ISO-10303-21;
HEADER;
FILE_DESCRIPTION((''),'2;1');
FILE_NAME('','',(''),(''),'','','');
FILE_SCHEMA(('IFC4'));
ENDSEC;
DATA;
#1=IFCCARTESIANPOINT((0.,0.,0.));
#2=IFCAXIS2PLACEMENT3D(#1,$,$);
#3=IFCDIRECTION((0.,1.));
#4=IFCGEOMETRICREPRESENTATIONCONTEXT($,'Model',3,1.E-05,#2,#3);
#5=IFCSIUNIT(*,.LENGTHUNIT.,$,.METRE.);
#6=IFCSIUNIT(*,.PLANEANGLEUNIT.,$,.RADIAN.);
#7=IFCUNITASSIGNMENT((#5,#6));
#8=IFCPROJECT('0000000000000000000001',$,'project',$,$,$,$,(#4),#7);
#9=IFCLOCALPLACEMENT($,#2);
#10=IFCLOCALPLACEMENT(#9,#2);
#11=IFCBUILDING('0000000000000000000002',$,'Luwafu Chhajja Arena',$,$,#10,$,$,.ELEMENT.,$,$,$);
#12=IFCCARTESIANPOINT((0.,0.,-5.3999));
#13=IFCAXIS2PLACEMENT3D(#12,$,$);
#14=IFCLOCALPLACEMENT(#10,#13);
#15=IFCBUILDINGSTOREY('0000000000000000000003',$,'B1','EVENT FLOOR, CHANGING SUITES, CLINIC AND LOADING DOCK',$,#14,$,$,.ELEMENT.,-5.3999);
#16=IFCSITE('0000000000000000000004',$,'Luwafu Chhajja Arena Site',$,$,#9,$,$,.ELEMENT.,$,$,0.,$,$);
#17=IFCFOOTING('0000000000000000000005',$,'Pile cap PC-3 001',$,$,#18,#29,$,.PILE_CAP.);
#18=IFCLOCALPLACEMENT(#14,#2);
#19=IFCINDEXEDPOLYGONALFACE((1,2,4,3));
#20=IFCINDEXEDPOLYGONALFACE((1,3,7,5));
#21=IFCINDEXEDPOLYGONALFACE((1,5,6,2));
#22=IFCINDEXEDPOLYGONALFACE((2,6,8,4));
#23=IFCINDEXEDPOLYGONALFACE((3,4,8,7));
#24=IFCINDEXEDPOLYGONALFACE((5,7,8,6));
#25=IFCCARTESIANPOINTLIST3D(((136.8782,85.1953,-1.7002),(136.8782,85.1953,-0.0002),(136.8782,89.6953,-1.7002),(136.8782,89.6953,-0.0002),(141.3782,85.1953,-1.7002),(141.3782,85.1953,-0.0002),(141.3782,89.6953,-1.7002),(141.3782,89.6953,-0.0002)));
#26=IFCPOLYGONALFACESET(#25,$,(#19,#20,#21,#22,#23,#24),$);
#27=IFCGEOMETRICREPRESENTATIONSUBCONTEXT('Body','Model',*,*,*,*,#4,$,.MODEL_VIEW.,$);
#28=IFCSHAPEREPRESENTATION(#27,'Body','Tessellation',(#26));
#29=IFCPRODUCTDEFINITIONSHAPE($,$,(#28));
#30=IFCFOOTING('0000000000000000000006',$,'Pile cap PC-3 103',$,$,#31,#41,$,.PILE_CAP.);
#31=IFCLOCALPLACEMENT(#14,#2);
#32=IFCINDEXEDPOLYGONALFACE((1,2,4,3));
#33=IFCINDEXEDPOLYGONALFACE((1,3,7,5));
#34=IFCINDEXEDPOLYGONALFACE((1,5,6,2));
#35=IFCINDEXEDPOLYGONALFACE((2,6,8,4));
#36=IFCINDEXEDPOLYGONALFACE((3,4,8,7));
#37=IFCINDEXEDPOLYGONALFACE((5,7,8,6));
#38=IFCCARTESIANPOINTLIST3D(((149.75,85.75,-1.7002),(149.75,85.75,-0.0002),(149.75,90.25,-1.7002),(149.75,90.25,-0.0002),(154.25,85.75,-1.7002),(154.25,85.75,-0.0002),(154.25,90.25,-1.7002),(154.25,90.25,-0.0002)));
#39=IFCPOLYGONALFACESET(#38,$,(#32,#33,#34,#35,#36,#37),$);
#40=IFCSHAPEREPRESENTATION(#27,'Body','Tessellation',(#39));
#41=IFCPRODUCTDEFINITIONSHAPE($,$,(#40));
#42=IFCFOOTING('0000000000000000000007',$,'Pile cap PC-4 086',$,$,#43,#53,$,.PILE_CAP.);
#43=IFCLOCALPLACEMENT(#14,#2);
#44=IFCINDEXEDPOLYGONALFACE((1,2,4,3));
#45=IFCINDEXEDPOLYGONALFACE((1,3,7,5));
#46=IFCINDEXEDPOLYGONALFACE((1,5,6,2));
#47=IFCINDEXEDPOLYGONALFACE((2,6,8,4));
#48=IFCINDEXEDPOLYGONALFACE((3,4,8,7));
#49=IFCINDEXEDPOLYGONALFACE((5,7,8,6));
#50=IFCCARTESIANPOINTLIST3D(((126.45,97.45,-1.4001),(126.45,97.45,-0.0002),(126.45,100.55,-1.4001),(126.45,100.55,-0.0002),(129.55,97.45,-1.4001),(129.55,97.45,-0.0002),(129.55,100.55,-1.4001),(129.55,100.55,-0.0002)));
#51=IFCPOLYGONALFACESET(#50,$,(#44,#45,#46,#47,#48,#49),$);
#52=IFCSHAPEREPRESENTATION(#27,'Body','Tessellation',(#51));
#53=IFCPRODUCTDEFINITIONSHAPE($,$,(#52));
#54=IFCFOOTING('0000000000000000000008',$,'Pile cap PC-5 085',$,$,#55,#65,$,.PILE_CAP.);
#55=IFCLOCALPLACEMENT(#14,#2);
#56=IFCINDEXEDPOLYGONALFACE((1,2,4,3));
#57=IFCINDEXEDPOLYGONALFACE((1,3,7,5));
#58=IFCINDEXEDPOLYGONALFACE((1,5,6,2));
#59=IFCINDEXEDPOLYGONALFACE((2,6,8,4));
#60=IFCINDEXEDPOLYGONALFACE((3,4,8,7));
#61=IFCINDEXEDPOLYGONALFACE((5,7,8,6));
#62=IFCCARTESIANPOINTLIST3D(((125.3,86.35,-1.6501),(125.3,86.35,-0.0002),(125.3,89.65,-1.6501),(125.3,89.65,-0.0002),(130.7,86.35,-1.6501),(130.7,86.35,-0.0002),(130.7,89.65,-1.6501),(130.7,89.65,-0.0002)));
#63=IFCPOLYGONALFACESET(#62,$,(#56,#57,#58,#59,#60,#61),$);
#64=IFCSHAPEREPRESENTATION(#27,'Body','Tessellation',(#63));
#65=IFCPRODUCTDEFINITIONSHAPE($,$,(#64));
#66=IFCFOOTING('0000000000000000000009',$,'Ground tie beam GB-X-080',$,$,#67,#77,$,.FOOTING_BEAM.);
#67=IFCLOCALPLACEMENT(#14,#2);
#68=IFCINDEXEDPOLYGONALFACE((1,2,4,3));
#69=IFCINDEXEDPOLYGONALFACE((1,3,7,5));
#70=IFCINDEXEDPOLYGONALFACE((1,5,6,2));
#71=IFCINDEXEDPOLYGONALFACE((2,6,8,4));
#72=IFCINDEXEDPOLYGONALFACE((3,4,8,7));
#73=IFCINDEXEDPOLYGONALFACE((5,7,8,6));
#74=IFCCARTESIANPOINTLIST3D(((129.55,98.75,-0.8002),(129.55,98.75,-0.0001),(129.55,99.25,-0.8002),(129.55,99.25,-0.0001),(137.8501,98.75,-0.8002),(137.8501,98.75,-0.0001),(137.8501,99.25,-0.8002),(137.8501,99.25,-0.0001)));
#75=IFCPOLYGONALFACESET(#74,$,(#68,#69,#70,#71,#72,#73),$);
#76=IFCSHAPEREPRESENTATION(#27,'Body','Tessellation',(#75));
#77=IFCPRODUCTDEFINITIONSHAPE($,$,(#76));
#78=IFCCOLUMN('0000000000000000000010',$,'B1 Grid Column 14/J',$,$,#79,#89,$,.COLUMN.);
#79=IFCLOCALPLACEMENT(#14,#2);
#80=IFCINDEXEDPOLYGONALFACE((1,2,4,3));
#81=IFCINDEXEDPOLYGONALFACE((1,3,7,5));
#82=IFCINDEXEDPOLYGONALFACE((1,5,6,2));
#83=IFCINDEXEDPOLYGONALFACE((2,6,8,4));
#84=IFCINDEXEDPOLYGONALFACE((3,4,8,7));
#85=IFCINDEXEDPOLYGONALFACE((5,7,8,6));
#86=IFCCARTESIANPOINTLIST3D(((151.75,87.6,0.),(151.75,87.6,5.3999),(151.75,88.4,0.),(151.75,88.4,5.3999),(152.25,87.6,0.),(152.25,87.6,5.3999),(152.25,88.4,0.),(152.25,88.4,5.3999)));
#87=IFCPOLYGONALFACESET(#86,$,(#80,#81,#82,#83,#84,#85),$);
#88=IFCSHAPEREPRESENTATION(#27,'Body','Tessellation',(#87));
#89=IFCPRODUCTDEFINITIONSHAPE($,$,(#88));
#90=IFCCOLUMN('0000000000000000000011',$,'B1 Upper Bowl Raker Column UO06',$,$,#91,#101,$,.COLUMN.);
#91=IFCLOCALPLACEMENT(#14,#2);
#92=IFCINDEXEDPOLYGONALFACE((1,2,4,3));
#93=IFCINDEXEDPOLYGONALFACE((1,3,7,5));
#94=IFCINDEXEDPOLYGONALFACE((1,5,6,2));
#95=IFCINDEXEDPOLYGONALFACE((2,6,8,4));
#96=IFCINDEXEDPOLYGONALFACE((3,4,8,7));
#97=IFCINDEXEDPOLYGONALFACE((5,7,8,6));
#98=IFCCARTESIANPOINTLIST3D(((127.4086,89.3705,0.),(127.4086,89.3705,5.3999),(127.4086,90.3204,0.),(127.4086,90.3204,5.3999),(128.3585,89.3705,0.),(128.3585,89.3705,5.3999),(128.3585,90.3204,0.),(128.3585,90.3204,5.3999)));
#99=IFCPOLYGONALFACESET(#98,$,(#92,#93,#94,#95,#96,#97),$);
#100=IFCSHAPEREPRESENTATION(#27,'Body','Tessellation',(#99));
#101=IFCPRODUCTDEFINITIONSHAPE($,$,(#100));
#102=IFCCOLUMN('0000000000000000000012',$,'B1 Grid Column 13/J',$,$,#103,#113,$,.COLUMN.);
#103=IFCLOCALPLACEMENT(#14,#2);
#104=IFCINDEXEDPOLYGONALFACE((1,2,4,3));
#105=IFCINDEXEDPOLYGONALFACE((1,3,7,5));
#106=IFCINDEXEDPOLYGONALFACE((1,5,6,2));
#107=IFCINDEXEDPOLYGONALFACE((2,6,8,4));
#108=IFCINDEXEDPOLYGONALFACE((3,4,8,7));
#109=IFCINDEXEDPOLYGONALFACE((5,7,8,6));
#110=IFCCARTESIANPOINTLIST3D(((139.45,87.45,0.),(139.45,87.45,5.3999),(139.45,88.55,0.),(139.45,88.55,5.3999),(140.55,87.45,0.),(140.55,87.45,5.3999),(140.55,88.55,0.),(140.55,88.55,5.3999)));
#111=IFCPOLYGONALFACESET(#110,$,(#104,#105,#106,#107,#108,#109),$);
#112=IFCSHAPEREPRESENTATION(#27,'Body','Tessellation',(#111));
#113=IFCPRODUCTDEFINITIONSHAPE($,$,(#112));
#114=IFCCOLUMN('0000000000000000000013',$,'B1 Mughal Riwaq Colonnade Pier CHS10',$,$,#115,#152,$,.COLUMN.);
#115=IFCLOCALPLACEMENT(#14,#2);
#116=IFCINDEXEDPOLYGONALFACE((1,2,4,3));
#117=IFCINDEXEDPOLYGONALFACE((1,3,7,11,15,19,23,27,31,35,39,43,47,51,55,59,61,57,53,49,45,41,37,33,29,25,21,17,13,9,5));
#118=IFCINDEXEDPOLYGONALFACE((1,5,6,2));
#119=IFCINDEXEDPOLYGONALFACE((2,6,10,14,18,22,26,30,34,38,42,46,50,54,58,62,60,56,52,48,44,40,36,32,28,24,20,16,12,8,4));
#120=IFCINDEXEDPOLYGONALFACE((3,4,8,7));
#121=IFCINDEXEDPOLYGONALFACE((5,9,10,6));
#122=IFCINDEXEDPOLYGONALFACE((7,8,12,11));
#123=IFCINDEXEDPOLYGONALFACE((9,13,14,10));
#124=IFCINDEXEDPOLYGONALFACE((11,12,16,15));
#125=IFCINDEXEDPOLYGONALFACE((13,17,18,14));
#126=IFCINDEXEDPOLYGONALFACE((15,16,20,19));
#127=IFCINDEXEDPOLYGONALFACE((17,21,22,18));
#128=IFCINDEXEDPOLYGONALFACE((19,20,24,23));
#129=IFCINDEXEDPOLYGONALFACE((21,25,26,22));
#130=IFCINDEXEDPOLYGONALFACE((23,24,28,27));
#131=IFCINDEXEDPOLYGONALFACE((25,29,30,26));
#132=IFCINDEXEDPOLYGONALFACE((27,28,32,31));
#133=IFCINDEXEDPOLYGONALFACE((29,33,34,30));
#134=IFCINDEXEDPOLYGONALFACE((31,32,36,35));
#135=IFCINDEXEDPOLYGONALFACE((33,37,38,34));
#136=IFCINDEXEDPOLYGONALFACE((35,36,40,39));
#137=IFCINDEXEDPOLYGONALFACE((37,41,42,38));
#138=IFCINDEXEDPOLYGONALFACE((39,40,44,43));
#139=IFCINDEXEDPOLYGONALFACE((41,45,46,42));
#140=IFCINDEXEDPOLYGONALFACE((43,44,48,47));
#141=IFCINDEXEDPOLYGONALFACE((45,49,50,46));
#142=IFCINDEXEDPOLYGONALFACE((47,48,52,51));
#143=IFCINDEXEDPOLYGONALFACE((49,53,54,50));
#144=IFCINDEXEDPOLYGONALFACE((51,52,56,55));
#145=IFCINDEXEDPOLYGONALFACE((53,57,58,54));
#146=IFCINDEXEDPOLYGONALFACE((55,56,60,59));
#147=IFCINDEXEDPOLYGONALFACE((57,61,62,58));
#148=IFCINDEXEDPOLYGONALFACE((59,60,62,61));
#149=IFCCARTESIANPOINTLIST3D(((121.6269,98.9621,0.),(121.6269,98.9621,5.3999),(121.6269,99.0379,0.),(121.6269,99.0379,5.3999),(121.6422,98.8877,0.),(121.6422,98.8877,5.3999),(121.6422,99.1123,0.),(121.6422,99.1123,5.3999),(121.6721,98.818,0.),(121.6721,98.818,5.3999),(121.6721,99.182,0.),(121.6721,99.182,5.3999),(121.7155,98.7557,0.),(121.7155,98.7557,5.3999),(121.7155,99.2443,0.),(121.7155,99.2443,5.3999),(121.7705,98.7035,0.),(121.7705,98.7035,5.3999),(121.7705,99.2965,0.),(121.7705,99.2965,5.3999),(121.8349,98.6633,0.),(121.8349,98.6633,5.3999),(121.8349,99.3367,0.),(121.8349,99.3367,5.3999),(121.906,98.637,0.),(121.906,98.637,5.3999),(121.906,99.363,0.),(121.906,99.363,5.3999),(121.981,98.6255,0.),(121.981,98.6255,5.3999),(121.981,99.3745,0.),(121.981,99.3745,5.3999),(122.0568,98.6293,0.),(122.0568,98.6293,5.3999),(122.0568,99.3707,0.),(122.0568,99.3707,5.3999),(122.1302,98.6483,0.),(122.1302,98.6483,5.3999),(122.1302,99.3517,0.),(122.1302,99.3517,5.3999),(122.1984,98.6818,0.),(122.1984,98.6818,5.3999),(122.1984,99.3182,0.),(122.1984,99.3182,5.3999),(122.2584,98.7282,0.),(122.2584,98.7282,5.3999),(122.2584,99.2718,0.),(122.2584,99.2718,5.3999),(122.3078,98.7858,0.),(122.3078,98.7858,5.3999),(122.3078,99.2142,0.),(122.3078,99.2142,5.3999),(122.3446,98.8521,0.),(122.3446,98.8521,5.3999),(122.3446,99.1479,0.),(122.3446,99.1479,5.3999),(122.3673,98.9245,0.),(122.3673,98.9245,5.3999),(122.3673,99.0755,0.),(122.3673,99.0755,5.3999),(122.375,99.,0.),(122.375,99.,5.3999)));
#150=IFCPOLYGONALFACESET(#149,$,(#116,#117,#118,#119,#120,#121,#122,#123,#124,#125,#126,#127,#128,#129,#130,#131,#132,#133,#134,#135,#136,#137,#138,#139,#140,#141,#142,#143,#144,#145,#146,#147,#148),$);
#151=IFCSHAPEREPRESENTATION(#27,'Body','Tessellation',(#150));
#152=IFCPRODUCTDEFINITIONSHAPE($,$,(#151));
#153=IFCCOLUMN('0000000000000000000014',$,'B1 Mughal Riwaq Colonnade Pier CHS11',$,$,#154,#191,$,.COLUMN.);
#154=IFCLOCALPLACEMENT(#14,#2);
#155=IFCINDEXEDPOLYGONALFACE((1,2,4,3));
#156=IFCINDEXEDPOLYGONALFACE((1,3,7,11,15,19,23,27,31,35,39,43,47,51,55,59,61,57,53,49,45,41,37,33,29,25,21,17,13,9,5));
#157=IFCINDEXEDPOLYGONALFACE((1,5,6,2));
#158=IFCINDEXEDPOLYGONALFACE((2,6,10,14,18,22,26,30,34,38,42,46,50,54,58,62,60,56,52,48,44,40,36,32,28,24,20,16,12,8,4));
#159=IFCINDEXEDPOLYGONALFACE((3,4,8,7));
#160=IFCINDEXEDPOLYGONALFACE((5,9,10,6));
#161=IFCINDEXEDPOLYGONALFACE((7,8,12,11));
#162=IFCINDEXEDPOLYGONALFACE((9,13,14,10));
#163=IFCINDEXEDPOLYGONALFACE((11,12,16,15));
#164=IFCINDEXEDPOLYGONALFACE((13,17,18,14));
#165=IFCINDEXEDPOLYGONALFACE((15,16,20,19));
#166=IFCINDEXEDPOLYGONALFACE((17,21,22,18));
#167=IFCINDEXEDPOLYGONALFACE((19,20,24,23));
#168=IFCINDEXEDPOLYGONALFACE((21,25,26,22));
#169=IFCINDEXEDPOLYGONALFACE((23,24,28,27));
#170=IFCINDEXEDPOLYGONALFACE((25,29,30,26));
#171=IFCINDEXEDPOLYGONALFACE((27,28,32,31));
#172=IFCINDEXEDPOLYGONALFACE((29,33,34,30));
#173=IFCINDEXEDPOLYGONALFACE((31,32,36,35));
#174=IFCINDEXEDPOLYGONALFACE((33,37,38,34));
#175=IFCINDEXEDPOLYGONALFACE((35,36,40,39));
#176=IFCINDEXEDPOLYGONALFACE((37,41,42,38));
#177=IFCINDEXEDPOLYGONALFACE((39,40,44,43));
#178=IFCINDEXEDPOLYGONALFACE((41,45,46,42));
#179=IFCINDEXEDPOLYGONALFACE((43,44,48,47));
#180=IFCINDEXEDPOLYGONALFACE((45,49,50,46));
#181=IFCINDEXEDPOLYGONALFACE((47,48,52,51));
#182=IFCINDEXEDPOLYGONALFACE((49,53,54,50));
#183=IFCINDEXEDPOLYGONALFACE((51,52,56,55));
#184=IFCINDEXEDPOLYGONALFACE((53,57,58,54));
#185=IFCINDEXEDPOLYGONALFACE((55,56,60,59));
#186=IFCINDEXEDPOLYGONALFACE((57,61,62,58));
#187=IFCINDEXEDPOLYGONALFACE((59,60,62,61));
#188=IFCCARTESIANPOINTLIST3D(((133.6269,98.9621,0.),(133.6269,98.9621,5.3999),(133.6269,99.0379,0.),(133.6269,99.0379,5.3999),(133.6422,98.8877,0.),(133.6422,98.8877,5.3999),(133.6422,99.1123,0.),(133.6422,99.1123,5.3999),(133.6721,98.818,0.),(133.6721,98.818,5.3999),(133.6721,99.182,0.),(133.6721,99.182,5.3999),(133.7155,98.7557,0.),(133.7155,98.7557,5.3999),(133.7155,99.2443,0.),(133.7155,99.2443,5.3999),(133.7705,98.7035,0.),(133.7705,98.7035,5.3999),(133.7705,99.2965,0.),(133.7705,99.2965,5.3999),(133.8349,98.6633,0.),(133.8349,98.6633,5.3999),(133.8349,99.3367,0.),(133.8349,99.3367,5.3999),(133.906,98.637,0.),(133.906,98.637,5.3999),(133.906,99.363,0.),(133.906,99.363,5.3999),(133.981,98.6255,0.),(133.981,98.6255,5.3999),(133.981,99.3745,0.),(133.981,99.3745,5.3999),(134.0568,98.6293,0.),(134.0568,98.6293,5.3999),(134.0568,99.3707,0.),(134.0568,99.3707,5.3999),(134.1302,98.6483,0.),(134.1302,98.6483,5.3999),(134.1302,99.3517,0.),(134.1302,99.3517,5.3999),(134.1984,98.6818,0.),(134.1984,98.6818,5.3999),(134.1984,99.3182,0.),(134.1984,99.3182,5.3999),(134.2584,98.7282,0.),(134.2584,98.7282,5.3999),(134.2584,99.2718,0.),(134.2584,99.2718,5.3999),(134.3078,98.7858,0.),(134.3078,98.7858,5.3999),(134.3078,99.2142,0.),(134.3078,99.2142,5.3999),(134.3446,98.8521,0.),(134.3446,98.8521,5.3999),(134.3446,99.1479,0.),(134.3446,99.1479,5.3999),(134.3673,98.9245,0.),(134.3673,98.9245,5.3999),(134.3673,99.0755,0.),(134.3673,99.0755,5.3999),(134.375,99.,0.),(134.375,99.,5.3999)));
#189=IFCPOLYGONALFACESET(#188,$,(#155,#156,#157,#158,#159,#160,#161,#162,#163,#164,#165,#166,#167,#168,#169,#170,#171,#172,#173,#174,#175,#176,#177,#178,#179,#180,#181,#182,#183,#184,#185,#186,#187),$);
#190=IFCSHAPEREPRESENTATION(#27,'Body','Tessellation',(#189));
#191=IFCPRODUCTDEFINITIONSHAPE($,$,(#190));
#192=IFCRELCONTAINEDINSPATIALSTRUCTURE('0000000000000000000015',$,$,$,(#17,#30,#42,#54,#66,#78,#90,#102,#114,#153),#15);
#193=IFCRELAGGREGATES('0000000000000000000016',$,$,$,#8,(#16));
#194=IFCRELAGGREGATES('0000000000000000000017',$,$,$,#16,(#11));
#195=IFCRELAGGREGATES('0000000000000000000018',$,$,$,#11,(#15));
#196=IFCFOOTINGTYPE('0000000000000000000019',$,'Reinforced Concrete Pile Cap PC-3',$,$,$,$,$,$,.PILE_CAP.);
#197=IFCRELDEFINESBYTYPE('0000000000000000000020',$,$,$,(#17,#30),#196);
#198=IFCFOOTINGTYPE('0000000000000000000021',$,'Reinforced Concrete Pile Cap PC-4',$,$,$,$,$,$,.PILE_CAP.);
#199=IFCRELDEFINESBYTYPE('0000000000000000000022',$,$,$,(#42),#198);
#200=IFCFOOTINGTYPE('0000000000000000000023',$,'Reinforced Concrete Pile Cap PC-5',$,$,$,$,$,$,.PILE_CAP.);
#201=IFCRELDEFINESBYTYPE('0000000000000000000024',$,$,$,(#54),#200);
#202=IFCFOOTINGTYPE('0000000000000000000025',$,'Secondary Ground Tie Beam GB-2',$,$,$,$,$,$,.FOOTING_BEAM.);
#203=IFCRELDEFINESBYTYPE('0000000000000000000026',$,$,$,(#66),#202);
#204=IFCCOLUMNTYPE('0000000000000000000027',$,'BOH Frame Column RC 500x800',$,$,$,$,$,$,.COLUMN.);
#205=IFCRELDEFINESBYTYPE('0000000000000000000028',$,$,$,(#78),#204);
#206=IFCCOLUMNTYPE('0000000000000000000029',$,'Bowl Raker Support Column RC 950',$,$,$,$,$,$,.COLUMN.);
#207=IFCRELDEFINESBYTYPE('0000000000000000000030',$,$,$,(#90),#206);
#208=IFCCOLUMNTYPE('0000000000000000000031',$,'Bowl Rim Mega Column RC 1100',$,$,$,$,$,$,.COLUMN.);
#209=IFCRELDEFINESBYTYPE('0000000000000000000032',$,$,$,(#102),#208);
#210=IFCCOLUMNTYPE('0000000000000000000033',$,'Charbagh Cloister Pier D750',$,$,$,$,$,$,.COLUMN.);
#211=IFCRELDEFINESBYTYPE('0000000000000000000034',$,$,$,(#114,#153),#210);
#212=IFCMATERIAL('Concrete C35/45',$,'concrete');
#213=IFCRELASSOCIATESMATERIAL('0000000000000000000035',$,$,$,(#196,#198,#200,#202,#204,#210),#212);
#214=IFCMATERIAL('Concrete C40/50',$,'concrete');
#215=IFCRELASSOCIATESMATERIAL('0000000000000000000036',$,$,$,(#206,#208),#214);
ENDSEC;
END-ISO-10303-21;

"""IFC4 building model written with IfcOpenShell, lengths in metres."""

from ifc_helpers import new_model, si_unit, direction, frame, origin, origin_2d, place, context, subcontext, project, spatial, rectangle, circle, extrude, material, material_profile, profile_set, type_object, element, save


model = new_model("IFC4")

# Units and contexts
model_context = context("Model", 3, precision=1e-05, world=origin(), true_north=direction((0.0, 1.0)))
body_context = subcontext(model_context, "Body", "Model", "MODEL_VIEW")
ifc_project = project(units=[si_unit("LENGTHUNIT", "METRE"), si_unit("PLANEANGLEUNIT", "RADIAN")], contexts=[model_context])

# Site, building, storey
site_placement = place(None, origin())
site = spatial("IfcSite", under=ifc_project, at=site_placement, Name="Luwafu Chhajja Arena Site", CompositionType="ELEMENT", RefElevation=0.0)
building_placement = place(site_placement, origin())
building = spatial("IfcBuilding", under=site, at=building_placement, Name="Luwafu Chhajja Arena", CompositionType="ELEMENT")
storey_placement = place(building_placement, frame((0.0, 0.0, -5.3999)))
storey = spatial("IfcBuildingStorey", under=building, at=storey_placement, Name="B1", Description="EVENT FLOOR, CHANGING SUITES, CLINIC AND LOADING DOCK", CompositionType="ELEMENT", Elevation=-5.3999)

# Shared definitions
ifc_material_1 = material(Name="Concrete C35/45", Category="concrete")

# Footings
footing_type_1 = type_object("IfcFootingType", Name="Reinforced Concrete Pile Cap PC-3", PredefinedType="PILE_CAP", material=ifc_material_1)
for number, where, z_axis, x_axis, name in (
    (1, (139.1282, 87.4453, -1.7002), (0.0, 0.0, 1.0), (1.0, 0.0, 0.0), "Pile cap PC-3 001"),
    (2, (152.0, 88.0, -1.7002), (0.0, 0.0, 1.0), (1.0, 0.0, 0.0), "Pile cap PC-3 103"),
):
    element("IfcFooting", number, at=place(storey_placement, frame(where, z_axis=z_axis, x_axis=x_axis)), inside=storey, type_object=footing_type_1, Name=name, PredefinedType="PILE_CAP", context=body_context, shape_type="SweptSolid", body=[
        extrude(rectangle(XDim=4.5, YDim=4.5, at=origin_2d()), origin(), (0.0, 0.0, 1.0), 1.7),
    ])
footing_type_2 = type_object("IfcFootingType", Name="Reinforced Concrete Pile Cap PC-4", PredefinedType="PILE_CAP", material=ifc_material_1)
footing_1_placement = place(storey_placement, frame((128.0, 99.0, -1.4001), z_axis=(0.0, 0.0, 1.0), x_axis=(1.0, 0.0, 0.0)))
element("IfcFooting", 3, at=footing_1_placement, inside=storey, type_object=footing_type_2, Name="Pile cap PC-4 086", PredefinedType="PILE_CAP", context=body_context, shape_type="SweptSolid", body=[
    extrude(rectangle(XDim=3.1001, YDim=3.1001, at=origin_2d()), origin(), (0.0, 0.0, 1.0), 1.3999),
])
footing_type_3 = type_object("IfcFootingType", Name="Reinforced Concrete Pile Cap PC-5", PredefinedType="PILE_CAP", material=ifc_material_1)
footing_2_placement = place(storey_placement, frame((128.0, 88.0, -1.6501), z_axis=(0.0, 0.0, 1.0), x_axis=(1.0, 0.0, 0.0)))
element("IfcFooting", 4, at=footing_2_placement, inside=storey, type_object=footing_type_3, Name="Pile cap PC-5 085", PredefinedType="PILE_CAP", context=body_context, shape_type="SweptSolid", body=[
    extrude(rectangle(XDim=5.3999, YDim=3.3, at=origin_2d()), origin(), (0.0, 0.0, 1.0), 1.6499),
])
ifc_material_profile_1 = material_profile(ifc_material_1, rectangle(XDim=0.5, YDim=0.8, at=origin_2d()), Name="RC 500x800")
ifc_profile_set_1 = profile_set([ifc_material_profile_1], Name="Concrete C35/45")
footing_type_4 = type_object("IfcFootingType", Name="Secondary Ground Tie Beam GB-2", PredefinedType="FOOTING_BEAM", material=ifc_profile_set_1)
footing_3_placement = place(storey_placement, frame((129.55, 99.0, -0.4001), z_axis=(1.0, 0.0, 0.0), x_axis=(0.0, 1.0, 0.0)))
element("IfcFooting", 5, at=footing_3_placement, inside=storey, type_object=footing_type_4, Name="Ground tie beam GB-X-080", PredefinedType="FOOTING_BEAM", context=body_context, shape_type="SweptSolid", body=[
    extrude(rectangle(XDim=0.5, YDim=0.8, at=origin_2d()), origin(), (0.0, 0.0, 1.0), 8.3),
])

# Columns
ifc_material_profile_2 = material_profile(ifc_material_1, rectangle(XDim=0.5, YDim=0.8, at=origin_2d()), Name="RC 500x800")
ifc_profile_set_2 = profile_set([ifc_material_profile_2], Name="Concrete C35/45")
column_type_1 = type_object("IfcColumnType", Name="BOH Frame Column RC 500x800", PredefinedType="COLUMN", material=ifc_profile_set_2)
column_1_placement = place(storey_placement, frame((152.0, 88.0, 0.0), z_axis=(0.0, 0.0, 1.0), x_axis=(1.0, 0.0, 0.0)))
element("IfcColumn", 6, at=column_1_placement, inside=storey, type_object=column_type_1, Name="B1 Grid Column 14/J", PredefinedType="COLUMN", context=body_context, shape_type="SweptSolid", body=[
    extrude(rectangle(XDim=0.5, YDim=0.8, at=origin_2d()), origin(), (0.0, 0.0, 1.0), 5.3999),
])
ifc_material_2 = material(Name="Concrete C40/50", Category="concrete")
ifc_material_profile_3 = material_profile(ifc_material_2, rectangle(XDim=0.95, YDim=0.95, at=origin_2d()), Name="RC 950x950")
ifc_profile_set_3 = profile_set([ifc_material_profile_3], Name="Concrete C40/50")
column_type_2 = type_object("IfcColumnType", Name="Bowl Raker Support Column RC 950", PredefinedType="COLUMN", material=ifc_profile_set_3)
column_2_placement = place(storey_placement, frame((127.8835, 89.8455, 0.0), z_axis=(0.0, 0.0, 1.0), x_axis=(1.0, 0.0, 0.0)))
element("IfcColumn", 7, at=column_2_placement, inside=storey, type_object=column_type_2, Name="B1 Upper Bowl Raker Column UO06", PredefinedType="COLUMN", context=body_context, shape_type="SweptSolid", body=[
    extrude(rectangle(XDim=0.95, YDim=0.95, at=origin_2d()), origin(), (0.0, 0.0, 1.0), 5.3999),
])
ifc_material_profile_4 = material_profile(ifc_material_2, rectangle(XDim=1.1001, YDim=1.1001, at=origin_2d()), Name="RC 1100x1100")
ifc_profile_set_4 = profile_set([ifc_material_profile_4], Name="Concrete C40/50")
column_type_3 = type_object("IfcColumnType", Name="Bowl Rim Mega Column RC 1100", PredefinedType="COLUMN", material=ifc_profile_set_4)
column_3_placement = place(storey_placement, frame((140.0, 88.0, 0.0), z_axis=(0.0, 0.0, 1.0), x_axis=(1.0, 0.0, 0.0)))
element("IfcColumn", 8, at=column_3_placement, inside=storey, type_object=column_type_3, Name="B1 Grid Column 13/J", PredefinedType="COLUMN", context=body_context, shape_type="SweptSolid", body=[
    extrude(rectangle(XDim=1.1001, YDim=1.1001, at=origin_2d()), origin(), (0.0, 0.0, 1.0), 5.3999),
])
ifc_material_profile_5 = material_profile(ifc_material_1, circle(Radius=0.375, at=origin_2d()), Name="RC COL D750")
ifc_profile_set_5 = profile_set([ifc_material_profile_5], Name="Concrete C35/45")
column_type_4 = type_object("IfcColumnType", Name="Charbagh Cloister Pier D750", PredefinedType="COLUMN", material=ifc_profile_set_5)
for number, where, z_axis, x_axis, name in (
    (9, (122.0, 99.0, 0.0), (0.0, 0.0, 1.0), (1.0, 0.0, 0.0), "B1 Mughal Riwaq Colonnade Pier CHS10"),
    (10, (134.0, 99.0, 0.0), (0.0, 0.0, 1.0), (1.0, 0.0, 0.0), "B1 Mughal Riwaq Colonnade Pier CHS11"),
):
    element("IfcColumn", number, at=place(storey_placement, frame(where, z_axis=z_axis, x_axis=x_axis)), inside=storey, type_object=column_type_4, Name=name, PredefinedType="COLUMN", context=body_context, shape_type="SweptSolid", body=[
        extrude(circle(Radius=0.375, at=origin_2d()), origin(), (0.0, 0.0, 1.0), 5.3999),
    ])

save(model, "model.ifc")
